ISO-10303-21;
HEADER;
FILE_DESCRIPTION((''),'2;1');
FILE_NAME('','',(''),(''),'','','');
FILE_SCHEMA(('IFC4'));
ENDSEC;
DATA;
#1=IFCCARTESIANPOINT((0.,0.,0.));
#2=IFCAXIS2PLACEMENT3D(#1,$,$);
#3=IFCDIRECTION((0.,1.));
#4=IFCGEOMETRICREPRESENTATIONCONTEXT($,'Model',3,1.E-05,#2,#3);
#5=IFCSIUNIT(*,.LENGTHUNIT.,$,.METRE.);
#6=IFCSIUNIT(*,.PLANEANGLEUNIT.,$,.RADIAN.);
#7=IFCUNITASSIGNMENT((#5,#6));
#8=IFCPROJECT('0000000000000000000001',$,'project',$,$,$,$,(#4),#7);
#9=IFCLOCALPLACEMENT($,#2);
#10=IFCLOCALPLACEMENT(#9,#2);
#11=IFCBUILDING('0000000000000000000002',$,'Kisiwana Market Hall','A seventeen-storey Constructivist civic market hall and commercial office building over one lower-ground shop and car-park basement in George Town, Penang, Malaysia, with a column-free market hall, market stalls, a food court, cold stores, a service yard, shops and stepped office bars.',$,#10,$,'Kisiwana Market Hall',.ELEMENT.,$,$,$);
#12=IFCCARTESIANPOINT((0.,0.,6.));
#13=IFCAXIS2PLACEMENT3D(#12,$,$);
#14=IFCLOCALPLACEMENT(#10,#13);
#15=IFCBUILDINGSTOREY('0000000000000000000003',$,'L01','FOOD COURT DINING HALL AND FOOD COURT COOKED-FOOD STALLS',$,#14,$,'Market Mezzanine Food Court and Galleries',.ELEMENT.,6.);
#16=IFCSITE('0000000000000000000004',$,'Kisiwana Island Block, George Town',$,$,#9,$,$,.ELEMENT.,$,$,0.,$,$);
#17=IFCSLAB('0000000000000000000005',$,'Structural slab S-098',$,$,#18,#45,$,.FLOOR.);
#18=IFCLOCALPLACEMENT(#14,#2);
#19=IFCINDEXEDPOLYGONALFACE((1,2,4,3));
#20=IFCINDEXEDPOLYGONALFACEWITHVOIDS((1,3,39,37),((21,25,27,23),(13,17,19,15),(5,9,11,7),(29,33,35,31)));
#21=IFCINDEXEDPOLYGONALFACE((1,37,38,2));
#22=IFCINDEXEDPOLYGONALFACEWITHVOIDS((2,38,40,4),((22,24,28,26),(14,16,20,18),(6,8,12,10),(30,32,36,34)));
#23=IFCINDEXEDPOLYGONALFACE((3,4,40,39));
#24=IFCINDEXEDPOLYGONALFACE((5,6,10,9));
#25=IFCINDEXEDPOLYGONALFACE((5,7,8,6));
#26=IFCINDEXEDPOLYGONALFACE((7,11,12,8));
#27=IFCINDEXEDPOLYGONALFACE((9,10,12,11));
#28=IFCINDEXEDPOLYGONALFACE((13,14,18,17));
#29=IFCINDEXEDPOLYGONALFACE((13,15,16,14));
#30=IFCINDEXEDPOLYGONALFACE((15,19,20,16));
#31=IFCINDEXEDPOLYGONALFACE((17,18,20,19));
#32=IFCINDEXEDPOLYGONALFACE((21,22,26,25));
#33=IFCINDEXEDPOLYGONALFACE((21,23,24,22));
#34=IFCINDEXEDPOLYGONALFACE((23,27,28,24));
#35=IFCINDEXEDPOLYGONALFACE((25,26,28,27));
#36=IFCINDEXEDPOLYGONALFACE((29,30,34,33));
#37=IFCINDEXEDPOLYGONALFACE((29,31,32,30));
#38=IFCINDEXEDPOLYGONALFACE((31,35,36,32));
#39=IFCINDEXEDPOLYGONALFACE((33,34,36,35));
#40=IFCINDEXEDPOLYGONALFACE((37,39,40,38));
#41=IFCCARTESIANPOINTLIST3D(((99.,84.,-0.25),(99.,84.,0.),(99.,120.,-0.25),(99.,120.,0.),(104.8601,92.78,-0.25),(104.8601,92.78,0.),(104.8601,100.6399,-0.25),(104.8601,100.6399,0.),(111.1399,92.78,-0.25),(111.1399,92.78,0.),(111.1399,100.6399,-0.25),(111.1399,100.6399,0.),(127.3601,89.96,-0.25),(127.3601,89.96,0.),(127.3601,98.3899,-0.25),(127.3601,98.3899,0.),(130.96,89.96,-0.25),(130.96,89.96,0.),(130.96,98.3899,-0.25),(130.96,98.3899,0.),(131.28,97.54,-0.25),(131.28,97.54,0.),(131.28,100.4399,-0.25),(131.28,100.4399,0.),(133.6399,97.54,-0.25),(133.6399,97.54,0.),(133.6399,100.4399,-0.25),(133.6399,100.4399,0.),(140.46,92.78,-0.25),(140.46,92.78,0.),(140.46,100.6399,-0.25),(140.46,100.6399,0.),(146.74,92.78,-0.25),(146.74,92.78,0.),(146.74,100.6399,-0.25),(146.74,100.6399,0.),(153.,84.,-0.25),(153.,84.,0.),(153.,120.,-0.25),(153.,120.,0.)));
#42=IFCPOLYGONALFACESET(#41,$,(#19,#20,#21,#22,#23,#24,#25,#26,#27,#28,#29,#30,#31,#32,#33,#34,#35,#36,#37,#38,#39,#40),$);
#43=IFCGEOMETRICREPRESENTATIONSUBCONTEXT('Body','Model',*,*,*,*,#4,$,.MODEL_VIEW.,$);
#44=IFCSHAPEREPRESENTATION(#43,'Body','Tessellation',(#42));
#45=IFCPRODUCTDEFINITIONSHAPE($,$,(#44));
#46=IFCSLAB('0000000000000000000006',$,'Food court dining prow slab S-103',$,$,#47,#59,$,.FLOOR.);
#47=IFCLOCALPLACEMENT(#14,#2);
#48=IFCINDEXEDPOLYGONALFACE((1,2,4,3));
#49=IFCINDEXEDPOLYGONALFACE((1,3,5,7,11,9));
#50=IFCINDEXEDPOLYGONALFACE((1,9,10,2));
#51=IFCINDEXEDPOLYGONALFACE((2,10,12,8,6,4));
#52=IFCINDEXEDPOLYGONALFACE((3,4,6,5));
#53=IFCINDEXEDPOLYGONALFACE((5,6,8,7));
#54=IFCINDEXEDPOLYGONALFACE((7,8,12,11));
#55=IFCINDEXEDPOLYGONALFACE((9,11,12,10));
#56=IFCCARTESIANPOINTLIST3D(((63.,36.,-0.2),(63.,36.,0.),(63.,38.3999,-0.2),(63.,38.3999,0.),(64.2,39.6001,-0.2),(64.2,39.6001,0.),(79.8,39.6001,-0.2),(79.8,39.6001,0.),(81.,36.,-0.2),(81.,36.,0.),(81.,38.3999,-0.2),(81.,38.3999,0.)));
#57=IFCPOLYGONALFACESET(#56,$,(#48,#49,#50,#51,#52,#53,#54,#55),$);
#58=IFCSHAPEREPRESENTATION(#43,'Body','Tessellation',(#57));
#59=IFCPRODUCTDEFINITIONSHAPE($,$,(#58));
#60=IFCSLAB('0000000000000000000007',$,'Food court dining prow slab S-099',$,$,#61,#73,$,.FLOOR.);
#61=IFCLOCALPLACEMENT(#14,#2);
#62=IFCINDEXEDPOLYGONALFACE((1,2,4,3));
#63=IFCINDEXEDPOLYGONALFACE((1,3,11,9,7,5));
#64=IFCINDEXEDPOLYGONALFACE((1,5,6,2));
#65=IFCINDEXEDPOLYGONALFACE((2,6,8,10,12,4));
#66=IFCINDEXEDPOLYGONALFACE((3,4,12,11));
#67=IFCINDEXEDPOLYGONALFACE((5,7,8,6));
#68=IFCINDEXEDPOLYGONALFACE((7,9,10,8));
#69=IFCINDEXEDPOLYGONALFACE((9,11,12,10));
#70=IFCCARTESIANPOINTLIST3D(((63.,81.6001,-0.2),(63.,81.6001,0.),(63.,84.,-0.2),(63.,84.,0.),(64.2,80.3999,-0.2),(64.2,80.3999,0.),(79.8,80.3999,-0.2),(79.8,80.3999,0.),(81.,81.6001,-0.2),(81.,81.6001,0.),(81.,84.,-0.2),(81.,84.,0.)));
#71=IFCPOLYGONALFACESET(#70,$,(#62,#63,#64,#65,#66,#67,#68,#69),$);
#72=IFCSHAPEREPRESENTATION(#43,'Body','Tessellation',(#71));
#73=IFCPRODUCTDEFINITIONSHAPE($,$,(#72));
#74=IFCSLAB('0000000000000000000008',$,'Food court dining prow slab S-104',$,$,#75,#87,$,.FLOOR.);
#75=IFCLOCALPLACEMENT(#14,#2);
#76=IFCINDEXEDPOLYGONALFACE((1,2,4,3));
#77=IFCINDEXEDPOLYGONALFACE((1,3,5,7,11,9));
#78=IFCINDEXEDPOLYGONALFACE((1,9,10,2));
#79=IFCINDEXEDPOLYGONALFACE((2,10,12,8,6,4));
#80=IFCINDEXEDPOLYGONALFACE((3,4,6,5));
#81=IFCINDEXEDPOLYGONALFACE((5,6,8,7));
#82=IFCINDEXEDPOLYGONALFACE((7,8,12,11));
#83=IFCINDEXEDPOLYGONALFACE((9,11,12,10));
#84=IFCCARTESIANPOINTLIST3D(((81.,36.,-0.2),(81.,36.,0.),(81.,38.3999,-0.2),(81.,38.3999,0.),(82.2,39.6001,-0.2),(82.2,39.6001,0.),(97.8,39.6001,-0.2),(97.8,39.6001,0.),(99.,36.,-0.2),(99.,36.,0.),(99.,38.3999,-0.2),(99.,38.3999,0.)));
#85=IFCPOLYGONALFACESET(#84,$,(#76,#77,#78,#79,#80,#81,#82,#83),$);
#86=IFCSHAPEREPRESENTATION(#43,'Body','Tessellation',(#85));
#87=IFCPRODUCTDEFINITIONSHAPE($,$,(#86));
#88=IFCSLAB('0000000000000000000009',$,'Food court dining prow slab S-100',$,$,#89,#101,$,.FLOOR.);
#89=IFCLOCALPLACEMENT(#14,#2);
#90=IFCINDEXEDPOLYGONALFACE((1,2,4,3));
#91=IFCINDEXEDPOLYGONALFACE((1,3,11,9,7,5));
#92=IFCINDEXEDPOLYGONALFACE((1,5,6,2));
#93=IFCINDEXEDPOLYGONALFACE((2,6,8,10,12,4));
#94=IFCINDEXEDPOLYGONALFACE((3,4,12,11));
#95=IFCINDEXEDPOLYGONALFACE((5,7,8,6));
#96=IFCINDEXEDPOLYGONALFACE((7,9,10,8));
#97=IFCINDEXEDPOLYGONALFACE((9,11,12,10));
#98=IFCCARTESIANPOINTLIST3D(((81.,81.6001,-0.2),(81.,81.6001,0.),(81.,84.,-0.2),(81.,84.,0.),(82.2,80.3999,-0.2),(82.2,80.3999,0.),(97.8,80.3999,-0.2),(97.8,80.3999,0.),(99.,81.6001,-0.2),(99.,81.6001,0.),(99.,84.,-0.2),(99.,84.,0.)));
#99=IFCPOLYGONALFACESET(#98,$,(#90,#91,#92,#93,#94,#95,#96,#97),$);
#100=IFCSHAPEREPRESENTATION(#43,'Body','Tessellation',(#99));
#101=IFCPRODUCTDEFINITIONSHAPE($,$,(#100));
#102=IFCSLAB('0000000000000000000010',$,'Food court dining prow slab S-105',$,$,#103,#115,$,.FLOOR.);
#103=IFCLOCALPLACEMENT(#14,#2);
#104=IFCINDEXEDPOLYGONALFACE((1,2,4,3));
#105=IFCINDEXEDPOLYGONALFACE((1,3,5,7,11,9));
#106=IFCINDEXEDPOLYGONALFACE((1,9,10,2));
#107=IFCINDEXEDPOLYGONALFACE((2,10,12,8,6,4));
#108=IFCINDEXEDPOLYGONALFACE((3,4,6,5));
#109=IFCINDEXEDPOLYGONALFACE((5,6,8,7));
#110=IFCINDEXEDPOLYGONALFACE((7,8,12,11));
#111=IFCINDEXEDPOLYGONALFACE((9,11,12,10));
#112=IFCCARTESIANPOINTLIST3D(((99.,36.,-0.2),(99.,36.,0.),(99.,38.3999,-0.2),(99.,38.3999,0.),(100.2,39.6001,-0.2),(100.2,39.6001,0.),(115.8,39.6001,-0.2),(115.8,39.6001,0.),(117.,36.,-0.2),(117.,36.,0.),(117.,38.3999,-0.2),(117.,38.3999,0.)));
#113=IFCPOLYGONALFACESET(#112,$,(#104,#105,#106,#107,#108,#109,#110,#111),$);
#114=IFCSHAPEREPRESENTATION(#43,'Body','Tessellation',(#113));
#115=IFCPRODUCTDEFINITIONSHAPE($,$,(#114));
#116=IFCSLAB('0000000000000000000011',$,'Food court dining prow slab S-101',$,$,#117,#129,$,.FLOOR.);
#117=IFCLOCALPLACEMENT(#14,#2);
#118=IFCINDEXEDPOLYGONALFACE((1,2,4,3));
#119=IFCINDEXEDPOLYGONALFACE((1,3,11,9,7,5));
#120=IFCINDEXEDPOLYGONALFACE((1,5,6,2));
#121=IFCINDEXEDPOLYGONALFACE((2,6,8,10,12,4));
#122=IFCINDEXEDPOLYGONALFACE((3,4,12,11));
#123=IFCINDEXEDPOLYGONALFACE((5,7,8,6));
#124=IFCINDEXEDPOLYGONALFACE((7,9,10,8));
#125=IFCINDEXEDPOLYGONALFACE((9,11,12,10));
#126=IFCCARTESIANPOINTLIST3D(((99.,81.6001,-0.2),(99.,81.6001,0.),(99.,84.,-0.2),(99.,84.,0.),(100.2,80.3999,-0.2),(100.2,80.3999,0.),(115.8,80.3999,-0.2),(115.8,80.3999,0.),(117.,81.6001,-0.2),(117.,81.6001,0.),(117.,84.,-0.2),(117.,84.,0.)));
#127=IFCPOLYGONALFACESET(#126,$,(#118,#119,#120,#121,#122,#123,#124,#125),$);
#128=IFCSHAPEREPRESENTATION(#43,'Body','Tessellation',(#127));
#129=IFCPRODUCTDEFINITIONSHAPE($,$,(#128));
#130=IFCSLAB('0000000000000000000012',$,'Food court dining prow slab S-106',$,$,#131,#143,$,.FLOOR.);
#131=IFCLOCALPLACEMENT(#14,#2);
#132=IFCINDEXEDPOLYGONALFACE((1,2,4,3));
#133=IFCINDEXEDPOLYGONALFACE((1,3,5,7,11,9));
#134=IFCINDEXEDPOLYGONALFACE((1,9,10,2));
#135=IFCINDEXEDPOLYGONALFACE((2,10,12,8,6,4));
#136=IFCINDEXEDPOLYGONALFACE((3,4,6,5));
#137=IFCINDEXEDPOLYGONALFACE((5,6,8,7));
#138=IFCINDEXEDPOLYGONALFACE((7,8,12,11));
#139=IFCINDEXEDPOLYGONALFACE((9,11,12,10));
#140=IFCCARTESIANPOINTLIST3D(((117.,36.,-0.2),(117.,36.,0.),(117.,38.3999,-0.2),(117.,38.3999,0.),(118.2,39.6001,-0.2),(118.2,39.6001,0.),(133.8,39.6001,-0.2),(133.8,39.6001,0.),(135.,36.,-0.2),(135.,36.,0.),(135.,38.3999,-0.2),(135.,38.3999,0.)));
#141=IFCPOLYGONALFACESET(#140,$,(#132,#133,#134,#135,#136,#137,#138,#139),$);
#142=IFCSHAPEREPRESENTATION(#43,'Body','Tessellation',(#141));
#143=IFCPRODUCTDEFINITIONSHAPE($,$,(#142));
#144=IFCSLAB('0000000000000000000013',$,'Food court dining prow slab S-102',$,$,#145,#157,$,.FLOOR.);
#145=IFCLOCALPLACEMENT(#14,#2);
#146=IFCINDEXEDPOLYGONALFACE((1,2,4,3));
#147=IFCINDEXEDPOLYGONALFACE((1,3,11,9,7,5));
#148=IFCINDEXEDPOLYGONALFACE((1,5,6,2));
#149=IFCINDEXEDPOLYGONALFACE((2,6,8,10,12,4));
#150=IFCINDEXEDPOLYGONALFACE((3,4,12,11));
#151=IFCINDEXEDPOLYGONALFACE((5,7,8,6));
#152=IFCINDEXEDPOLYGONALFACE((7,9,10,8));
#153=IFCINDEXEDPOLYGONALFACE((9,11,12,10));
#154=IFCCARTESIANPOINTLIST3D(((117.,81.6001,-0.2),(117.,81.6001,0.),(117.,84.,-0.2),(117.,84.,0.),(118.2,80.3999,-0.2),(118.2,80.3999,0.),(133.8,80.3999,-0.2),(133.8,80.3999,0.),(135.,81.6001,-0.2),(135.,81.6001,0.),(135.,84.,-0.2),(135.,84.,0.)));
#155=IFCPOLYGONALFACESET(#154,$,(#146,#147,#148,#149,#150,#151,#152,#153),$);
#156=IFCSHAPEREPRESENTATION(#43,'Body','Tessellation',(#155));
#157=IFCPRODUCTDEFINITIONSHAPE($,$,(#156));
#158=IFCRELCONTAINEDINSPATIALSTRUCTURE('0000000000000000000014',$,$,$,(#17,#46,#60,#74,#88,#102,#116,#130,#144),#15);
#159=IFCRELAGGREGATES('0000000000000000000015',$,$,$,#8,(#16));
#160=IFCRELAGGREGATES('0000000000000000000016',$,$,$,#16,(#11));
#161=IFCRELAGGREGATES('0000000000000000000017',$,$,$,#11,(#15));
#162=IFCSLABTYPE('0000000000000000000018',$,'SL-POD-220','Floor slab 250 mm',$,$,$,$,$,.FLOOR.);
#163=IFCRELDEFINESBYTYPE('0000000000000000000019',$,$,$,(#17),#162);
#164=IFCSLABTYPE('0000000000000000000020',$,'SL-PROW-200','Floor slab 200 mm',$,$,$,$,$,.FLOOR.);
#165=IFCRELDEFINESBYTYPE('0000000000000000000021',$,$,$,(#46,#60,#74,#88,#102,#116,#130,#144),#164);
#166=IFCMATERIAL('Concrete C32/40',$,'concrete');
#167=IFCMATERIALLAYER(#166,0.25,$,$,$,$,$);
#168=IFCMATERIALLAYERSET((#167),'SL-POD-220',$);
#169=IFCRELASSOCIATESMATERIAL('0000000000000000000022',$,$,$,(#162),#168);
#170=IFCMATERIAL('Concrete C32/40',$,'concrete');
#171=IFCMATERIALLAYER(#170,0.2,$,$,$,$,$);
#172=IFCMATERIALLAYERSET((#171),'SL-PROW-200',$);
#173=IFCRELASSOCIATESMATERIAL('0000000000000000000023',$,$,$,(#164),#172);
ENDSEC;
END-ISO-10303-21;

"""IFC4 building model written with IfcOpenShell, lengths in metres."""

from ifc_helpers import new_model, si_unit, direction, frame, origin, place, context, subcontext, project, spatial, polyline, outline, extrude, material, layer, layer_set, type_object, element, save


model = new_model("IFC4")

# Units and contexts
model_context = context("Model", 3, precision=1e-05, world=origin(), true_north=direction((0.0, 1.0)))
body_context = subcontext(model_context, "Body", "Model", "MODEL_VIEW")
ifc_project = project(units=[si_unit("LENGTHUNIT", "METRE"), si_unit("PLANEANGLEUNIT", "RADIAN")], contexts=[model_context])

# Site, building, storey
site_placement = place(None, origin())
site = spatial("IfcSite", under=ifc_project, at=site_placement, Name="Kisiwana Island Block, George Town", CompositionType="ELEMENT", RefElevation=0.0)
building_placement = place(site_placement, origin())
building = spatial("IfcBuilding", under=site, at=building_placement, Name="Kisiwana Market Hall", Description="A seventeen-storey Constructivist civic market hall and commercial office building over one lower-ground shop and car-park basement in George Town, Penang, Malaysia, with a column-free market hall, market stalls, a food court, cold stores, a service yard, shops and stepped office bars.", LongName="Kisiwana Market Hall", CompositionType="ELEMENT")
storey_placement = place(building_placement, frame((0.0, 0.0, 6.0)))
storey = spatial("IfcBuildingStorey", under=building, at=storey_placement, Name="L01", Description="FOOD COURT DINING HALL AND FOOD COURT COOKED-FOOD STALLS", LongName="Market Mezzanine Food Court and Galleries", CompositionType="ELEMENT", Elevation=6.0)

# Slabs
ifc_material_1 = material(Name="Concrete C32/40", Category="concrete")
ifc_layer_1 = layer(ifc_material_1, 0.25)
ifc_layer_set_1 = layer_set([ifc_layer_1], Name="SL-POD-220")
slab_type_1 = type_object("IfcSlabType", Name="SL-POD-220", Description="Floor slab 250 mm", PredefinedType="FLOOR", material=ifc_layer_set_1)
slab_1_placement = place(storey_placement, frame((0.0, 0.0, -0.25)))
element("IfcSlab", 1, at=slab_1_placement, inside=storey, type_object=slab_type_1, Name="Structural slab S-098", PredefinedType="FLOOR", context=body_context, shape_type="SweptSolid", body=[
    extrude(outline(polyline([(99.0, 84.0), (153.0, 84.0), (153.0, 120.0), (99.0, 120.0), (99.0, 84.0)]), holes=[polyline([(127.3601, 89.96), (130.96, 89.96), (130.96, 98.3899), (127.3601, 98.3899), (127.3601, 89.96)]), polyline([(131.28, 97.54), (133.6399, 97.54), (133.6399, 100.4399), (131.28, 100.4399), (131.28, 97.54)]), polyline([(104.8601, 92.78), (111.1399, 92.78), (111.1399, 100.6399), (104.8601, 100.6399), (104.8601, 92.78)]), polyline([(140.46, 92.78), (146.74, 92.78), (146.74, 100.6399), (140.46, 100.6399), (140.46, 92.78)])]), origin(), (0.0, 0.0, 1.0), 0.25),
])
ifc_material_2 = material(Name="Concrete C32/40", Category="concrete")
ifc_layer_2 = layer(ifc_material_2, 0.2)
ifc_layer_set_2 = layer_set([ifc_layer_2], Name="SL-PROW-200")
slab_type_2 = type_object("IfcSlabType", Name="SL-PROW-200", Description="Floor slab 200 mm", PredefinedType="FLOOR", material=ifc_layer_set_2)
slab_2_placement = place(storey_placement, frame((0.0, 0.0, -0.2)))
element("IfcSlab", 2, at=slab_2_placement, inside=storey, type_object=slab_type_2, Name="Food court dining prow slab S-103", PredefinedType="FLOOR", context=body_context, shape_type="SweptSolid", body=[
    extrude(outline(polyline([(63.0, 36.0), (81.0, 36.0), (81.0, 38.3999), (79.8, 39.6001), (64.2, 39.6001), (63.0, 38.3999), (63.0, 36.0)])), origin(), (0.0, 0.0, 1.0), 0.2),
])
slab_3_placement = place(storey_placement, frame((0.0, 0.0, -0.2)))
element("IfcSlab", 3, at=slab_3_placement, inside=storey, type_object=slab_type_2, Name="Food court dining prow slab S-099", PredefinedType="FLOOR", context=body_context, shape_type="SweptSolid", body=[
    extrude(outline(polyline([(63.0, 84.0), (63.0, 81.6001), (64.2, 80.3999), (79.8, 80.3999), (81.0, 81.6001), (81.0, 84.0), (63.0, 84.0)])), origin(), (0.0, 0.0, 1.0), 0.2),
])
slab_4_placement = place(storey_placement, frame((0.0, 0.0, -0.2)))
element("IfcSlab", 4, at=slab_4_placement, inside=storey, type_object=slab_type_2, Name="Food court dining prow slab S-104", PredefinedType="FLOOR", context=body_context, shape_type="SweptSolid", body=[
    extrude(outline(polyline([(81.0, 36.0), (99.0, 36.0), (99.0, 38.3999), (97.8, 39.6001), (82.2, 39.6001), (81.0, 38.3999), (81.0, 36.0)])), origin(), (0.0, 0.0, 1.0), 0.2),
])
slab_5_placement = place(storey_placement, frame((0.0, 0.0, -0.2)))
element("IfcSlab", 5, at=slab_5_placement, inside=storey, type_object=slab_type_2, Name="Food court dining prow slab S-100", PredefinedType="FLOOR", context=body_context, shape_type="SweptSolid", body=[
    extrude(outline(polyline([(81.0, 84.0), (81.0, 81.6001), (82.2, 80.3999), (97.8, 80.3999), (99.0, 81.6001), (99.0, 84.0), (81.0, 84.0)])), origin(), (0.0, 0.0, 1.0), 0.2),
])
slab_6_placement = place(storey_placement, frame((0.0, 0.0, -0.2)))
element("IfcSlab", 6, at=slab_6_placement, inside=storey, type_object=slab_type_2, Name="Food court dining prow slab S-105", PredefinedType="FLOOR", context=body_context, shape_type="SweptSolid", body=[
    extrude(outline(polyline([(99.0, 36.0), (117.0, 36.0), (117.0, 38.3999), (115.8, 39.6001), (100.2, 39.6001), (99.0, 38.3999), (99.0, 36.0)])), origin(), (0.0, 0.0, 1.0), 0.2),
])
slab_7_placement = place(storey_placement, frame((0.0, 0.0, -0.2)))
element("IfcSlab", 7, at=slab_7_placement, inside=storey, type_object=slab_type_2, Name="Food court dining prow slab S-101", PredefinedType="FLOOR", context=body_context, shape_type="SweptSolid", body=[
    extrude(outline(polyline([(99.0, 84.0), (99.0, 81.6001), (100.2, 80.3999), (115.8, 80.3999), (117.0, 81.6001), (117.0, 84.0), (99.0, 84.0)])), origin(), (0.0, 0.0, 1.0), 0.2),
])
slab_8_placement = place(storey_placement, frame((0.0, 0.0, -0.2)))
element("IfcSlab", 8, at=slab_8_placement, inside=storey, type_object=slab_type_2, Name="Food court dining prow slab S-106", PredefinedType="FLOOR", context=body_context, shape_type="SweptSolid", body=[
    extrude(outline(polyline([(117.0, 36.0), (135.0, 36.0), (135.0, 38.3999), (133.8, 39.6001), (118.2, 39.6001), (117.0, 38.3999), (117.0, 36.0)])), origin(), (0.0, 0.0, 1.0), 0.2),
])
slab_9_placement = place(storey_placement, frame((0.0, 0.0, -0.2)))
element("IfcSlab", 9, at=slab_9_placement, inside=storey, type_object=slab_type_2, Name="Food court dining prow slab S-102", PredefinedType="FLOOR", context=body_context, shape_type="SweptSolid", body=[
    extrude(outline(polyline([(117.0, 84.0), (117.0, 81.6001), (118.2, 80.3999), (133.8, 80.3999), (135.0, 81.6001), (135.0, 84.0), (117.0, 84.0)])), origin(), (0.0, 0.0, 1.0), 0.2),
])

save(model, "model.ifc")
